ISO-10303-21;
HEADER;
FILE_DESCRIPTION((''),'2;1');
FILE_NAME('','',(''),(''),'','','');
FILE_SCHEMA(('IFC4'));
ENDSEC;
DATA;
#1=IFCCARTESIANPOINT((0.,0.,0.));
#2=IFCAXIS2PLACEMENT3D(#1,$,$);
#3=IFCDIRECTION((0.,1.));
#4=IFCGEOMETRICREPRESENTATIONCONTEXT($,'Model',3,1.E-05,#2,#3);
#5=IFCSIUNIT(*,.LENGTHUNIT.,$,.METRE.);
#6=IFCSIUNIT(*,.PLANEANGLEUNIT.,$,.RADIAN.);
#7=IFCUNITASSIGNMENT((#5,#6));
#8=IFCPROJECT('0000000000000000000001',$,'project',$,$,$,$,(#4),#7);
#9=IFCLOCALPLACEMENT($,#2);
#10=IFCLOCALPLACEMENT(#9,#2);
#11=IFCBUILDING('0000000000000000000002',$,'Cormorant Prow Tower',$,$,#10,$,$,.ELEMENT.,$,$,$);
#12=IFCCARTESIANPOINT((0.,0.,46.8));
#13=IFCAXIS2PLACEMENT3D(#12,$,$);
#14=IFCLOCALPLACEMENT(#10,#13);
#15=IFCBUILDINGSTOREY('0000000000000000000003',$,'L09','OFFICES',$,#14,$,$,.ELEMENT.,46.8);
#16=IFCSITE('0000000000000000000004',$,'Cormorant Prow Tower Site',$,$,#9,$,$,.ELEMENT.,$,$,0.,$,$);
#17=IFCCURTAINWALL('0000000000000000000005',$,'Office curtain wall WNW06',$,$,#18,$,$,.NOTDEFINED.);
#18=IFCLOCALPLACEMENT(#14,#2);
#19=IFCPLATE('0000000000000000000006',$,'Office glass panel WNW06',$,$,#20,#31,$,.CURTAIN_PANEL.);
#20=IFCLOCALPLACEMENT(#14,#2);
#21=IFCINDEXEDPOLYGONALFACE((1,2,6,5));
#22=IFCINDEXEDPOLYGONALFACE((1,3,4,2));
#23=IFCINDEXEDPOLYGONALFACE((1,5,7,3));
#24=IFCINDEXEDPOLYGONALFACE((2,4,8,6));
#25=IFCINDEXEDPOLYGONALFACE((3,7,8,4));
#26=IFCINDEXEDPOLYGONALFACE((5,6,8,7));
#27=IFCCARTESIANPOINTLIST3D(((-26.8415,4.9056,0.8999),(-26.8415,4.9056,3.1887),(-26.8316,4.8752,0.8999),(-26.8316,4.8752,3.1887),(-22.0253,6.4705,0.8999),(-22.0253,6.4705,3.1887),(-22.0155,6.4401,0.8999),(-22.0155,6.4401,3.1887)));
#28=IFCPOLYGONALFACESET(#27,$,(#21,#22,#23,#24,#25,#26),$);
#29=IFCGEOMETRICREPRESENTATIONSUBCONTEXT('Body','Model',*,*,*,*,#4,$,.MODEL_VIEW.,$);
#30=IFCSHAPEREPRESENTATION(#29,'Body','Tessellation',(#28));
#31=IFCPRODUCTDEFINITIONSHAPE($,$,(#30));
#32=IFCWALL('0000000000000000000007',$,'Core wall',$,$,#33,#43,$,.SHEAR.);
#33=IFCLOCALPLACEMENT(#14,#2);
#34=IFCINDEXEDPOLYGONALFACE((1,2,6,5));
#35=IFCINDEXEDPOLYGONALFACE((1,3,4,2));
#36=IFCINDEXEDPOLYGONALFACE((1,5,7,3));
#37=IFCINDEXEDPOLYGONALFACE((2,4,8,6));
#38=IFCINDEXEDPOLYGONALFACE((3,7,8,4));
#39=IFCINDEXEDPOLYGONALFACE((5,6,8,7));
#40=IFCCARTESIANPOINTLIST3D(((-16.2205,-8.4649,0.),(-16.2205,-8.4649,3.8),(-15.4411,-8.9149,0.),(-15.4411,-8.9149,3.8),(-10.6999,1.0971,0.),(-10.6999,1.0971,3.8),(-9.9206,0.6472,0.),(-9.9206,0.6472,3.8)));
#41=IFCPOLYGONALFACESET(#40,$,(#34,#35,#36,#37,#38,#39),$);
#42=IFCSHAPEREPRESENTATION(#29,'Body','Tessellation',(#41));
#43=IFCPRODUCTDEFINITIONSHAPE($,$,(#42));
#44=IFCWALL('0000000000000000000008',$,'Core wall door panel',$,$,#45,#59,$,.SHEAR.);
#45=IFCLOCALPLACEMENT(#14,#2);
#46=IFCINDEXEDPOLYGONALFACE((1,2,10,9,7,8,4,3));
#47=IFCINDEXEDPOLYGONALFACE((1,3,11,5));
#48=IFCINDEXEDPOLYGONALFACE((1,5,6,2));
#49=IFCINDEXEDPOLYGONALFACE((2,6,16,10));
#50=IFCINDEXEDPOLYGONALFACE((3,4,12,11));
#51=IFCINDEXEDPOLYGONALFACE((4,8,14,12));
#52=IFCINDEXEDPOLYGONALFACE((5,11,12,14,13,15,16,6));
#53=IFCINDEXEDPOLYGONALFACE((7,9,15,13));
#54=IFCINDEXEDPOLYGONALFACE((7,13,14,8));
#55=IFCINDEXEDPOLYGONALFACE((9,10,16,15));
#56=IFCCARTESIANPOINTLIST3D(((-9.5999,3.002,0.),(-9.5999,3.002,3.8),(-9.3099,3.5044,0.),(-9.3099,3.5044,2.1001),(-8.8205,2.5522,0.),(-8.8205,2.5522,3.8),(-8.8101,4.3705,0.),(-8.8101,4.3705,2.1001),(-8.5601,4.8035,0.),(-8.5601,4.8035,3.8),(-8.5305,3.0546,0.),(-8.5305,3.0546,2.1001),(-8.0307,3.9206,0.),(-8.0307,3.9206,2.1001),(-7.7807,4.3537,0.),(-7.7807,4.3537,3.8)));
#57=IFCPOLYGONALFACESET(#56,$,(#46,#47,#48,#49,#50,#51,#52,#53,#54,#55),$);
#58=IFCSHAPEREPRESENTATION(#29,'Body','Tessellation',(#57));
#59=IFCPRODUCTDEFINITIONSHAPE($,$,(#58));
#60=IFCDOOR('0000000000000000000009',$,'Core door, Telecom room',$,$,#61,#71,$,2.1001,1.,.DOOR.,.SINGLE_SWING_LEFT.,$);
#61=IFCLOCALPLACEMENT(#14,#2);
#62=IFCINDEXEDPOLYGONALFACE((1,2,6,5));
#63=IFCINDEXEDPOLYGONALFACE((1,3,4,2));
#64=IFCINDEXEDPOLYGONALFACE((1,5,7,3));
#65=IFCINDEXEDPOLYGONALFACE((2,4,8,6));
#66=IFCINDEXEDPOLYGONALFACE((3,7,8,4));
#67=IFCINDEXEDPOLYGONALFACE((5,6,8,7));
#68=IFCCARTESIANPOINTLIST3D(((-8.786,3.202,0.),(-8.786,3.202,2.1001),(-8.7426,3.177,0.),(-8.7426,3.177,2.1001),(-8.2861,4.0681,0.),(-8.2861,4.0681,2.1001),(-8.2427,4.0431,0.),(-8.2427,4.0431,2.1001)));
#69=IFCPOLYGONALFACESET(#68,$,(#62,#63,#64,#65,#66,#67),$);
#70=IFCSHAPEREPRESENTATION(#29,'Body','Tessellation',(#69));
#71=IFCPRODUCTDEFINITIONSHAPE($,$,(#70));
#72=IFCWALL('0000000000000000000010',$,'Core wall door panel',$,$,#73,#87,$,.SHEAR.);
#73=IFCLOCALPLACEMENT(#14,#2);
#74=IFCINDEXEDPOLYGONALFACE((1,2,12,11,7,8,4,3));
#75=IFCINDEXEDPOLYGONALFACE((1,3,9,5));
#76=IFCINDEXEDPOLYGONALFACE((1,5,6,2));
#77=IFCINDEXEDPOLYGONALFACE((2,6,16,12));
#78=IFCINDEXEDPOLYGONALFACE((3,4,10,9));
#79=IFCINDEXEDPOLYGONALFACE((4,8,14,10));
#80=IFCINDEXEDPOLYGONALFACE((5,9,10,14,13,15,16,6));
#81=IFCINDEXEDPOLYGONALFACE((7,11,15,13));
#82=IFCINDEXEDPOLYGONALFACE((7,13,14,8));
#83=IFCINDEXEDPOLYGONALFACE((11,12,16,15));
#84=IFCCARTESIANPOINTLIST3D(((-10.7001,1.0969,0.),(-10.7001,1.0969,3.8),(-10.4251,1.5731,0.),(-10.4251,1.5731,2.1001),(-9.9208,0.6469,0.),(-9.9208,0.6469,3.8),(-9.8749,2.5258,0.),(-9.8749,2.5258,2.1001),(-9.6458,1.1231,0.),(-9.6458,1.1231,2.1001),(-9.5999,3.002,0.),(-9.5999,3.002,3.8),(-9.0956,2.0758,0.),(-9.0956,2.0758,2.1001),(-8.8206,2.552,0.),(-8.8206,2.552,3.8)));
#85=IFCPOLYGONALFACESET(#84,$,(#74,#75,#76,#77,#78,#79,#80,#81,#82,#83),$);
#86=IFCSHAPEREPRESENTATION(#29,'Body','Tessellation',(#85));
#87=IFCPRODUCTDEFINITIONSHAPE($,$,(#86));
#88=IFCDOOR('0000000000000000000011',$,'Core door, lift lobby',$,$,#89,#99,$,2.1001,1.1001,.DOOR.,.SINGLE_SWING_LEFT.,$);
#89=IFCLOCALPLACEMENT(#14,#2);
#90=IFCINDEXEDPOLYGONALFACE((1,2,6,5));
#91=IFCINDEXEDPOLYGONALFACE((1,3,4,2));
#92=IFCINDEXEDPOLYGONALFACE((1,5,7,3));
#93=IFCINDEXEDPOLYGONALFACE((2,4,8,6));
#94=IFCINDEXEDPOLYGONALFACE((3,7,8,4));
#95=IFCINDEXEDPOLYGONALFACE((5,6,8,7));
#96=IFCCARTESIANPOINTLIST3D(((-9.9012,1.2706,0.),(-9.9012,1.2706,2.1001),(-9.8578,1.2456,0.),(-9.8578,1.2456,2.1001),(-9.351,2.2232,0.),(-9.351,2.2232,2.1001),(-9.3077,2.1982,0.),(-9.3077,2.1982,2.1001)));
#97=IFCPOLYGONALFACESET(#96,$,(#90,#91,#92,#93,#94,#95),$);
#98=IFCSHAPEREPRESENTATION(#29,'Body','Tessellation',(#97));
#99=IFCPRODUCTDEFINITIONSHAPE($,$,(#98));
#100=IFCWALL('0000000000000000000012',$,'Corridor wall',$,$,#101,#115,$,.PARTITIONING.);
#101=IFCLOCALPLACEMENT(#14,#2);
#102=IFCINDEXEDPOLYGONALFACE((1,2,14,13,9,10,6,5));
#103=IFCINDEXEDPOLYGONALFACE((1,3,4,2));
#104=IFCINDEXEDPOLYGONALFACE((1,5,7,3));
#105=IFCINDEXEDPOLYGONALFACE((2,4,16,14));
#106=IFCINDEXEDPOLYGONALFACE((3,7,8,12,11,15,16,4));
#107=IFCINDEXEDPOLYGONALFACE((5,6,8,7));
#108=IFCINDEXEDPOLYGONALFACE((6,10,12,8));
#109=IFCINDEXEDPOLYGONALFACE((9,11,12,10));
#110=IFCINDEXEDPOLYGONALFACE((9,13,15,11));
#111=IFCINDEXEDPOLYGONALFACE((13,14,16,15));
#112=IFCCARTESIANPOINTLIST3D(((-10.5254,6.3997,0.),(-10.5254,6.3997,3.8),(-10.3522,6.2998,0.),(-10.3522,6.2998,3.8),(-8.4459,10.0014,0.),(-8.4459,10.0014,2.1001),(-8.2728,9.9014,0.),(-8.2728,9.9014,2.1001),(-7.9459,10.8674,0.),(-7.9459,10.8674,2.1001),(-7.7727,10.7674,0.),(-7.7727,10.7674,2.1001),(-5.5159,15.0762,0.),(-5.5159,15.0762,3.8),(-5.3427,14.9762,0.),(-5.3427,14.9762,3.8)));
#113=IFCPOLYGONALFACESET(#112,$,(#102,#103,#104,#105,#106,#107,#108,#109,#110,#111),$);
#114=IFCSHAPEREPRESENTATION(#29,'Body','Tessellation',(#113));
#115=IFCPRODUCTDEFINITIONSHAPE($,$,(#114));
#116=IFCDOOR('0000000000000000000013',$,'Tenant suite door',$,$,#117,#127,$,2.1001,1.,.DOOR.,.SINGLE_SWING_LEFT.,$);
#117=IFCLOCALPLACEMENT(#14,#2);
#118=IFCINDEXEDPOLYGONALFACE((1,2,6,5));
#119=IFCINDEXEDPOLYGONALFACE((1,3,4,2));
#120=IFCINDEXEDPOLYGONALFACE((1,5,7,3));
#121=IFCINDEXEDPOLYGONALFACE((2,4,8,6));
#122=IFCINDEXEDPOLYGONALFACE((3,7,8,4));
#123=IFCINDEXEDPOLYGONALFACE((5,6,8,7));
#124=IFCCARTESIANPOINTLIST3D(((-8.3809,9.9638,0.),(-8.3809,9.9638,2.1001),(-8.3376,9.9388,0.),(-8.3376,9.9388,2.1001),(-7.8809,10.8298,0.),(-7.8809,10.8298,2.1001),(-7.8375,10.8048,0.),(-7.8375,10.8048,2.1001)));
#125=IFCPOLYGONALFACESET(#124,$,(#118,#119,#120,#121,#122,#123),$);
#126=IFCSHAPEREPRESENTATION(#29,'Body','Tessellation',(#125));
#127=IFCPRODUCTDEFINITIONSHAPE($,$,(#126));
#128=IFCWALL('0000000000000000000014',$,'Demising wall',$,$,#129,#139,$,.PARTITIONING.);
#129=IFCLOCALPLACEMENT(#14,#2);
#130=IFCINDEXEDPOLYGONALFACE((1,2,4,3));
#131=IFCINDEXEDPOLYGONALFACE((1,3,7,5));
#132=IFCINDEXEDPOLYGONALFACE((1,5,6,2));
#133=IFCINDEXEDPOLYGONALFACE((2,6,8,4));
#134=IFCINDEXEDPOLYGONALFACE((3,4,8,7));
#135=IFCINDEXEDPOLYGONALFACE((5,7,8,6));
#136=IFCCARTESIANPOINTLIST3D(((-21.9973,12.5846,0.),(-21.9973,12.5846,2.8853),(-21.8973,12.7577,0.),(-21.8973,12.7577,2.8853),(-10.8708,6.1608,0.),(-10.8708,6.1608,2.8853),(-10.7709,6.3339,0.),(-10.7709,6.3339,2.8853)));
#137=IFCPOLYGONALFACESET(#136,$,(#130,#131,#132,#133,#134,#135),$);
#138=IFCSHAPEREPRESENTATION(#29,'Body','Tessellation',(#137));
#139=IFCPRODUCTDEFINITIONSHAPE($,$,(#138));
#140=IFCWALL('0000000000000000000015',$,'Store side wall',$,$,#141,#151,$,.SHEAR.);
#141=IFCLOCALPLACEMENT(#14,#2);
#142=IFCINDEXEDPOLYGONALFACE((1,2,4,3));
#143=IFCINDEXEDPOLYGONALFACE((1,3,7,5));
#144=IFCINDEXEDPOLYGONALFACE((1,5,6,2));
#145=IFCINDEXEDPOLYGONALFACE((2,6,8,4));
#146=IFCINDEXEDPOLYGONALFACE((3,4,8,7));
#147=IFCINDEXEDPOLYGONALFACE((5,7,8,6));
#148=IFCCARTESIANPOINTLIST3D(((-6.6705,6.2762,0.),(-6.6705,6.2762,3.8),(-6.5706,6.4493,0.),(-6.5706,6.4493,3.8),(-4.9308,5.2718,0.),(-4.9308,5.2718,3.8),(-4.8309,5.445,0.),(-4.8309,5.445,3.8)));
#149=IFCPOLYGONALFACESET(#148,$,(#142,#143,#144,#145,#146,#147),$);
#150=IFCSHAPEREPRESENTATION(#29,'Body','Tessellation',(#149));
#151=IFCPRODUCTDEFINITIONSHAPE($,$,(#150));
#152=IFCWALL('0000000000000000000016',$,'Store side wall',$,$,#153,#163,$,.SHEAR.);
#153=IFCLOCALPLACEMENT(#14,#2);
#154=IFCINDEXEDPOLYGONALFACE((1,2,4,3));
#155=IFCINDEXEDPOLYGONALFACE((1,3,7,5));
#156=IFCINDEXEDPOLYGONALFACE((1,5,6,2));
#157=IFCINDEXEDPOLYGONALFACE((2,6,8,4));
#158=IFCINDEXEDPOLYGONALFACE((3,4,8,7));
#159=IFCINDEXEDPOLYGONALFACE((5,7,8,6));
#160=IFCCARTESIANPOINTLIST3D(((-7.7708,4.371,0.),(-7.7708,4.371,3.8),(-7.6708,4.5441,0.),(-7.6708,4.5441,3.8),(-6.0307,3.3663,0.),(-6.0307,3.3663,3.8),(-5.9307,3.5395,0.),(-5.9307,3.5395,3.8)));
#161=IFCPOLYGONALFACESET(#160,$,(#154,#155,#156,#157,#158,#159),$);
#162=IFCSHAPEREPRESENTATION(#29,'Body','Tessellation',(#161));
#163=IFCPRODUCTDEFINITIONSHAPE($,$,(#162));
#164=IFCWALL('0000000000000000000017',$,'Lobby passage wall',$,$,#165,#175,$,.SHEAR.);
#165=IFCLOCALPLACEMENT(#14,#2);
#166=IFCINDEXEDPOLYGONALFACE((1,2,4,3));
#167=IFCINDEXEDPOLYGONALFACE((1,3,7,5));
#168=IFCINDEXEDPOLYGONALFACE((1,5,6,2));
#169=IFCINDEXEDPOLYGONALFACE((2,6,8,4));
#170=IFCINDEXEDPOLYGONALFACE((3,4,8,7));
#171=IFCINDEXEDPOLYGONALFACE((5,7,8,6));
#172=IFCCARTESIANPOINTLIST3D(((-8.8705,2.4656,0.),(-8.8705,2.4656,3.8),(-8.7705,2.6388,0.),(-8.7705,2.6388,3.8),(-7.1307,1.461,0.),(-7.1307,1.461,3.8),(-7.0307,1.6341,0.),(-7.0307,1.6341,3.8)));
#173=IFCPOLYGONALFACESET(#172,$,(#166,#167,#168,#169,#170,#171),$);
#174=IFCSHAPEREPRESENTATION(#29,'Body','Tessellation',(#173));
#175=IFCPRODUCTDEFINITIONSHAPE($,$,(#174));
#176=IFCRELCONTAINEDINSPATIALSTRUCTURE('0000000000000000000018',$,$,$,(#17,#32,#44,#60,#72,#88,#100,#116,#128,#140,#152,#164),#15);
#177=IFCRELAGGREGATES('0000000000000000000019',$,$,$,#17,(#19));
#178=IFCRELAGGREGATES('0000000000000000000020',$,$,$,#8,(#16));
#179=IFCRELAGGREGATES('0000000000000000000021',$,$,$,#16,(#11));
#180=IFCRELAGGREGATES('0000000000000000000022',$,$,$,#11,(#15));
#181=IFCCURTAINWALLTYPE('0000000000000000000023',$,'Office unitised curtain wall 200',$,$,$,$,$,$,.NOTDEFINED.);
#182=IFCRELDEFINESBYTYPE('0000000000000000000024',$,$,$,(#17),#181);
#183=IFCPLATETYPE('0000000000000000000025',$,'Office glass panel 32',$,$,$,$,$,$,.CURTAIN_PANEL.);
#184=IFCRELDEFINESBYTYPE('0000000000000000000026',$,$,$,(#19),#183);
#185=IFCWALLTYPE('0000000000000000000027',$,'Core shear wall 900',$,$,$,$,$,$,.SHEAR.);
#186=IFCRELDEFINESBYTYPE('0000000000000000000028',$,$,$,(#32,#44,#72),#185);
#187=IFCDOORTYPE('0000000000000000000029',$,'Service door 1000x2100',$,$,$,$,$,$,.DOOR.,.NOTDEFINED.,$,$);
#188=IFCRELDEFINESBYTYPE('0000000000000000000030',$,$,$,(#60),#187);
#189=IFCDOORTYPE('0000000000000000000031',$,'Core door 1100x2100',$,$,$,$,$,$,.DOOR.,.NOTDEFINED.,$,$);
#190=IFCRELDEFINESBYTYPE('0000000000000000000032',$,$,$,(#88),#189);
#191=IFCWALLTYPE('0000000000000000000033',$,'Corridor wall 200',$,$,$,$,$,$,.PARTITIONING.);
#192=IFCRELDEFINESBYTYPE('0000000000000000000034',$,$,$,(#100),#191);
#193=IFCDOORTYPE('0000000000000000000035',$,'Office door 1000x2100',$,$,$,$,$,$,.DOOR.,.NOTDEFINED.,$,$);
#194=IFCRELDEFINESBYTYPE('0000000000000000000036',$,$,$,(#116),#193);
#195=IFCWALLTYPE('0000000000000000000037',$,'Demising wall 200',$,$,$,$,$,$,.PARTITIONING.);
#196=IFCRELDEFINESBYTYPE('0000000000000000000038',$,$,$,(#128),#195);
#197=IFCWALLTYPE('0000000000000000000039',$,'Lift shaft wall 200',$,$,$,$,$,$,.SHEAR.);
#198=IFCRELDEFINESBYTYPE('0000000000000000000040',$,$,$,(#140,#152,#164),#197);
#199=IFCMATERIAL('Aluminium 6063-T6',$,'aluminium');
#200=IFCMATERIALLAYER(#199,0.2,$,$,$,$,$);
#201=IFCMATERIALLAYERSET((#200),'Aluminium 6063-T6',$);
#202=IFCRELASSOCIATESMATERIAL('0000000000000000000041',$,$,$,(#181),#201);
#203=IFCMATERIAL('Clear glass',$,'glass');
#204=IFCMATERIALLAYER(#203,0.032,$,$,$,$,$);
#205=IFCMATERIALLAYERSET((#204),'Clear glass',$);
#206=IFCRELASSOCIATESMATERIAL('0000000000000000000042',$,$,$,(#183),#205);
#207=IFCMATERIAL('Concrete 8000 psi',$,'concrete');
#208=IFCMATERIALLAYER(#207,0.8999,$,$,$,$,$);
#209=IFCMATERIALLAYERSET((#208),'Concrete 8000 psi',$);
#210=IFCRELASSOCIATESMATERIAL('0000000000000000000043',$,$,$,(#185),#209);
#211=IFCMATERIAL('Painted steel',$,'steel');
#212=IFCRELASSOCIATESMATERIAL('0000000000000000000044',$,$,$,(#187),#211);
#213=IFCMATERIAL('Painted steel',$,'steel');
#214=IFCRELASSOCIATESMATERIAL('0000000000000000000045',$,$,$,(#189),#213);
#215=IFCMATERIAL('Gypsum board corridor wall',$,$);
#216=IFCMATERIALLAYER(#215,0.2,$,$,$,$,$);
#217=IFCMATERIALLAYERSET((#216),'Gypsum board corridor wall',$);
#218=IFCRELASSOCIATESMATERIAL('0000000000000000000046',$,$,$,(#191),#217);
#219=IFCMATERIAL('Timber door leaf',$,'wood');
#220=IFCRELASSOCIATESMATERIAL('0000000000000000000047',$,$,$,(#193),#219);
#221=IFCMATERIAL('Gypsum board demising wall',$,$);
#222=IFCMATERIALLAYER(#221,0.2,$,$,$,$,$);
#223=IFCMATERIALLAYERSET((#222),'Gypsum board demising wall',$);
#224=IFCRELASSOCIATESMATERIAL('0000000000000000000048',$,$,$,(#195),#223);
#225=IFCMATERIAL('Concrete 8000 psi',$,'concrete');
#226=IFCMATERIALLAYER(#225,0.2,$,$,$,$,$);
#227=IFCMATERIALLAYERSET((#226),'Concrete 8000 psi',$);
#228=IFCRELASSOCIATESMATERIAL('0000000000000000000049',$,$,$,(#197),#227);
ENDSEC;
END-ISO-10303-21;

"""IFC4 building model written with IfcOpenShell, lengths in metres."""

from ifc_helpers import new_model, si_unit, direction, frame, frame_2d, origin, origin_2d, place, context, subcontext, project, spatial, rectangle, extrude, material, layer, layer_set, type_object, element, fill, aggregate, save


model = new_model("IFC4")

# Units and contexts
model_context = context("Model", 3, precision=1e-05, world=origin(), true_north=direction((0.0, 1.0)))
body_context = subcontext(model_context, "Body", "Model", "MODEL_VIEW")
ifc_project = project(units=[si_unit("LENGTHUNIT", "METRE"), si_unit("PLANEANGLEUNIT", "RADIAN")], contexts=[model_context])

# Site, building, storey
site_placement = place(None, origin())
site = spatial("IfcSite", under=ifc_project, at=site_placement, Name="Cormorant Prow Tower Site", CompositionType="ELEMENT", RefElevation=0.0)
building_placement = place(site_placement, origin())
building = spatial("IfcBuilding", under=site, at=building_placement, Name="Cormorant Prow Tower", CompositionType="ELEMENT")
storey_placement = place(building_placement, frame((0.0, 0.0, 46.8)))
storey = spatial("IfcBuildingStorey", under=building, at=storey_placement, Name="L09", Description="OFFICES", CompositionType="ELEMENT", Elevation=46.8)

# Curtain wall
ifc_material_1 = material(Name="Aluminium 6063-T6", Category="aluminium")
ifc_layer_1 = layer(ifc_material_1, 0.2)
ifc_layer_set_1 = layer_set([ifc_layer_1], Name="Aluminium 6063-T6")
curtain_wall_type = type_object("IfcCurtainWallType", Name="Office unitised curtain wall 200", PredefinedType="NOTDEFINED", material=ifc_layer_set_1)
curtain_wall_placement = place(storey_placement, origin())
curtain_wall = element("IfcCurtainWall", 1, at=curtain_wall_placement, inside=storey, type_object=curtain_wall_type, Name="Office curtain wall WNW06", PredefinedType="NOTDEFINED")

# Plate
ifc_material_2 = material(Name="Clear glass", Category="glass")
ifc_layer_2 = layer(ifc_material_2, 0.032)
ifc_layer_set_2 = layer_set([ifc_layer_2], Name="Clear glass")
plate_type = type_object("IfcPlateType", Name="Office glass panel 32", PredefinedType="CURTAIN_PANEL", material=ifc_layer_set_2)
plate_placement = place(storey_placement, frame((-24.4285, 5.6729, 0.8999), z_axis=(0.0, 0.0, 1.0), x_axis=(-0.951057, -0.309017, 0.0)))
plate = element("IfcPlate", 2, at=plate_placement, type_object=plate_type, Name="Office glass panel WNW06", PredefinedType="CURTAIN_PANEL", context=body_context, shape_type="SweptSolid", body=[
    extrude(rectangle(XDim=5.064, YDim=0.032, at=origin_2d()), origin(), (0.0, 0.0, 1.0), 2.2888),
])
aggregate(curtain_wall, [plate])

# Wall
ifc_material_3 = material(Name="Concrete 8000 psi", Category="concrete")
ifc_layer_3 = layer(ifc_material_3, 0.8999)
ifc_layer_set_3 = layer_set([ifc_layer_3], Name="Concrete 8000 psi")
wall_type_1 = type_object("IfcWallType", Name="Core shear wall 900", PredefinedType="SHEAR", material=ifc_layer_set_3)
wall_1_placement = place(storey_placement, frame((-10.3103, 0.8721, 0.0), z_axis=(0.0, 0.0, 1.0), x_axis=(-0.499992, -0.86603, 0.0)))
element("IfcWall", 3, at=wall_1_placement, inside=storey, type_object=wall_type_1, Name="Core wall", PredefinedType="SHEAR", context=body_context, shape_type="SweptSolid", body=[
    extrude(rectangle(XDim=11.0413, YDim=0.8999, at=frame_2d((5.5205, 0.0))), origin(), (0.0, 0.0, 1.0), 3.8),
])

# Walls, openings, doors
wall_2_placement = place(storey_placement, frame((-8.1704, 4.5786, 0.0), z_axis=(0.0, 0.0, 1.0), x_axis=(-0.499888, -0.86609, 0.0)))
wall_2 = element("IfcWall", 4, at=wall_2_placement, inside=storey, type_object=wall_type_1, Name="Core wall door panel", PredefinedType="SHEAR", context=body_context, shape_type="SweptSolid", body=[
    extrude(rectangle(XDim=2.0801, YDim=0.8999, at=frame_2d((1.04, 0.0))), origin(), (0.0, 0.0, 1.0), 3.8),
])
opening_1_placement = place(wall_2_placement, frame((0.5, 0.0, 0.0)))
opening_1 = element("IfcOpeningElement", 5, at=opening_1_placement, cuts=wall_2, PredefinedType="OPENING", context=body_context, shape_type="SweptSolid", body=[
    extrude(rectangle(XDim=1.0, YDim=2.1001, at=frame_2d((0.5, 1.05))), frame((0.0, 0.46, 0.0), z_axis=(0.0, -1.0, 0.0), x_axis=(1.0, 0.0, 0.0)), (0.0, 0.0, 1.0), 0.9199),
])
ifc_material_4 = material(Name="Painted steel", Category="steel")
door_type_1 = type_object("IfcDoorType", Name="Service door 1000x2100", OperationType="NOTDEFINED", PredefinedType="DOOR", material=ifc_material_4)
door_1_placement = place(opening_1_placement, origin())
door_1 = element("IfcDoor", 6, at=door_1_placement, inside=storey, type_object=door_type_1, Name="Core door, Telecom room", OperationType="SINGLE_SWING_LEFT", OverallHeight=2.1001, OverallWidth=1.0, PredefinedType="DOOR", context=body_context, shape_type="SweptSolid", body=[
    extrude(rectangle(XDim=1.0, YDim=2.1001, at=frame_2d((0.5, 1.05))), frame((0.0, 0.2051, 0.0), z_axis=(0.0, -1.0, 0.0), x_axis=(1.0, 0.0, 0.0)), (0.0, 0.0, 1.0), 0.05),
])
fill(opening_1, door_1)
wall_3_placement = place(storey_placement, frame((-9.2102, 2.7771, 0.0), z_axis=(0.0, 0.0, 1.0), x_axis=(-0.500078, -0.86598, 0.0)))
wall_3 = element("IfcWall", 7, at=wall_3_placement, inside=storey, type_object=wall_type_1, Name="Core wall door panel", PredefinedType="SHEAR", context=body_context, shape_type="SweptSolid", body=[
    extrude(rectangle(XDim=2.2, YDim=0.8999, at=frame_2d((1.1001, 0.0))), origin(), (0.0, 0.0, 1.0), 3.8),
])
opening_2_placement = place(wall_3_placement, frame((0.55, 0.0, 0.0)))
opening_2 = element("IfcOpeningElement", 8, at=opening_2_placement, cuts=wall_3, PredefinedType="OPENING", context=body_context, shape_type="SweptSolid", body=[
    extrude(rectangle(XDim=1.1001, YDim=2.1001, at=frame_2d((0.55, 1.05))), frame((0.0, 0.46, 0.0), z_axis=(0.0, -1.0, 0.0), x_axis=(1.0, 0.0, 0.0)), (0.0, 0.0, 1.0), 0.9199),
])
ifc_material_5 = material(Name="Painted steel", Category="steel")
door_type_2 = type_object("IfcDoorType", Name="Core door 1100x2100", OperationType="NOTDEFINED", PredefinedType="DOOR", material=ifc_material_5)
door_2_placement = place(opening_2_placement, origin())
door_2 = element("IfcDoor", 9, at=door_2_placement, inside=storey, type_object=door_type_2, Name="Core door, lift lobby", OperationType="SINGLE_SWING_LEFT", OverallHeight=2.1001, OverallWidth=1.1001, PredefinedType="DOOR", context=body_context, shape_type="SweptSolid", body=[
    extrude(rectangle(XDim=1.1001, YDim=2.1001, at=frame_2d((0.55, 1.05))), frame((0.0, 0.2051, 0.0), z_axis=(0.0, -1.0, 0.0), x_axis=(1.0, 0.0, 0.0)), (0.0, 0.0, 1.0), 0.05),
])
fill(opening_2, door_2)
ifc_material_6 = material(Name="Gypsum board corridor wall")
ifc_layer_4 = layer(ifc_material_6, 0.2)
ifc_layer_set_4 = layer_set([ifc_layer_4], Name="Gypsum board corridor wall")
wall_type_2 = type_object("IfcWallType", Name="Corridor wall 200", PredefinedType="PARTITIONING", material=ifc_layer_set_4)
wall_4_placement = place(storey_placement, frame((-10.4387, 6.3499, 0.0), z_axis=(0.0, 0.0, 1.0), x_axis=(0.50001, 0.86602, 0.0)))
wall_4 = element("IfcWall", 10, at=wall_4_placement, inside=storey, type_object=wall_type_2, Name="Corridor wall", PredefinedType="PARTITIONING", context=body_context, shape_type="SweptSolid", body=[
    extrude(rectangle(XDim=10.0188, YDim=0.2, at=frame_2d((5.0093, 0.0))), origin(), (0.0, 0.0, 1.0), 3.8),
])
opening_3_placement = place(wall_4_placement, frame((4.1587, 0.0, 0.0)))
opening_3 = element("IfcOpeningElement", 11, at=opening_3_placement, cuts=wall_4, PredefinedType="OPENING", context=body_context, shape_type="SweptSolid", body=[
    extrude(rectangle(XDim=1.0, YDim=2.1001, at=frame_2d((0.5, 1.05))), frame((0.0, 0.1099, 0.0), z_axis=(0.0, -1.0, 0.0), x_axis=(1.0, 0.0, 0.0)), (0.0, 0.0, 1.0), 0.22),
])
ifc_material_7 = material(Name="Timber door leaf", Category="wood")
door_type_3 = type_object("IfcDoorType", Name="Office door 1000x2100", OperationType="NOTDEFINED", PredefinedType="DOOR", material=ifc_material_7)
door_3_placement = place(opening_3_placement, origin())
door_3 = element("IfcDoor", 12, at=door_3_placement, inside=storey, type_object=door_type_3, Name="Tenant suite door", OperationType="SINGLE_SWING_LEFT", OverallHeight=2.1001, OverallWidth=1.0, PredefinedType="DOOR", context=body_context, shape_type="SweptSolid", body=[
    extrude(rectangle(XDim=1.0, YDim=2.1001, at=frame_2d((0.5, 1.05))), frame((0.0, 0.0249, 0.0), z_axis=(0.0, -1.0, 0.0), x_axis=(1.0, 0.0, 0.0)), (0.0, 0.0, 1.0), 0.05),
])
fill(opening_3, door_3)

# Walls
ifc_material_8 = material(Name="Gypsum board demising wall")
ifc_layer_5 = layer(ifc_material_8, 0.2)
ifc_layer_set_5 = layer_set([ifc_layer_5], Name="Gypsum board demising wall")
wall_type_3 = type_object("IfcWallType", Name="Demising wall 200", PredefinedType="PARTITIONING", material=ifc_layer_set_5)
wall_5_placement = place(storey_placement, frame((-21.9473, 12.6711, 0.0), z_axis=(0.0, 0.0, 1.0), x_axis=(0.866027, -0.499998, 0.0)))
element("IfcWall", 13, at=wall_5_placement, inside=storey, type_object=wall_type_3, Name="Demising wall", PredefinedType="PARTITIONING", context=body_context, shape_type="SweptSolid", body=[
    extrude(rectangle(XDim=12.8477, YDim=0.2, at=frame_2d((6.4238, 0.0))), origin(), (0.0, 0.0, 1.0), 2.8853),
])
ifc_material_9 = material(Name="Concrete 8000 psi", Category="concrete")
ifc_layer_6 = layer(ifc_material_9, 0.2)
ifc_layer_set_6 = layer_set([ifc_layer_6], Name="Concrete 8000 psi")
wall_type_4 = type_object("IfcWallType", Name="Lift shaft wall 200", PredefinedType="SHEAR", material=ifc_layer_set_6)
wall_6_placement = place(storey_placement, frame((-4.8809, 5.3584, 0.0), z_axis=(0.0, 0.0, 1.0), x_axis=(-0.866036, 0.499982, 0.0)))
element("IfcWall", 14, at=wall_6_placement, inside=storey, type_object=wall_type_4, Name="Store side wall", PredefinedType="SHEAR", context=body_context, shape_type="SweptSolid", body=[
    extrude(rectangle(XDim=2.0088, YDim=0.2, at=frame_2d((1.0044, 0.0))), origin(), (0.0, 0.0, 1.0), 3.8),
])
wall_7_placement = place(storey_placement, frame((-5.9807, 3.4529, 0.0), z_axis=(0.0, 0.0, 1.0), x_axis=(-0.866014, 0.50002, 0.0)))
element("IfcWall", 15, at=wall_7_placement, inside=storey, type_object=wall_type_4, Name="Store side wall", PredefinedType="SHEAR", context=body_context, shape_type="SweptSolid", body=[
    extrude(rectangle(XDim=2.0093, YDim=0.2, at=frame_2d((1.0046, 0.0))), origin(), (0.0, 0.0, 1.0), 3.8),
])
wall_8_placement = place(storey_placement, frame((-7.0808, 1.5476, 0.0), z_axis=(0.0, 0.0, 1.0), x_axis=(-0.865983, 0.500073, 0.0)))
element("IfcWall", 16, at=wall_8_placement, inside=storey, type_object=wall_type_4, Name="Lobby passage wall", PredefinedType="SHEAR", context=body_context, shape_type="SweptSolid", body=[
    extrude(rectangle(XDim=2.009, YDim=0.2, at=frame_2d((1.0044, 0.0))), origin(), (0.0, 0.0, 1.0), 3.8),
])

save(model, "model.ifc")
